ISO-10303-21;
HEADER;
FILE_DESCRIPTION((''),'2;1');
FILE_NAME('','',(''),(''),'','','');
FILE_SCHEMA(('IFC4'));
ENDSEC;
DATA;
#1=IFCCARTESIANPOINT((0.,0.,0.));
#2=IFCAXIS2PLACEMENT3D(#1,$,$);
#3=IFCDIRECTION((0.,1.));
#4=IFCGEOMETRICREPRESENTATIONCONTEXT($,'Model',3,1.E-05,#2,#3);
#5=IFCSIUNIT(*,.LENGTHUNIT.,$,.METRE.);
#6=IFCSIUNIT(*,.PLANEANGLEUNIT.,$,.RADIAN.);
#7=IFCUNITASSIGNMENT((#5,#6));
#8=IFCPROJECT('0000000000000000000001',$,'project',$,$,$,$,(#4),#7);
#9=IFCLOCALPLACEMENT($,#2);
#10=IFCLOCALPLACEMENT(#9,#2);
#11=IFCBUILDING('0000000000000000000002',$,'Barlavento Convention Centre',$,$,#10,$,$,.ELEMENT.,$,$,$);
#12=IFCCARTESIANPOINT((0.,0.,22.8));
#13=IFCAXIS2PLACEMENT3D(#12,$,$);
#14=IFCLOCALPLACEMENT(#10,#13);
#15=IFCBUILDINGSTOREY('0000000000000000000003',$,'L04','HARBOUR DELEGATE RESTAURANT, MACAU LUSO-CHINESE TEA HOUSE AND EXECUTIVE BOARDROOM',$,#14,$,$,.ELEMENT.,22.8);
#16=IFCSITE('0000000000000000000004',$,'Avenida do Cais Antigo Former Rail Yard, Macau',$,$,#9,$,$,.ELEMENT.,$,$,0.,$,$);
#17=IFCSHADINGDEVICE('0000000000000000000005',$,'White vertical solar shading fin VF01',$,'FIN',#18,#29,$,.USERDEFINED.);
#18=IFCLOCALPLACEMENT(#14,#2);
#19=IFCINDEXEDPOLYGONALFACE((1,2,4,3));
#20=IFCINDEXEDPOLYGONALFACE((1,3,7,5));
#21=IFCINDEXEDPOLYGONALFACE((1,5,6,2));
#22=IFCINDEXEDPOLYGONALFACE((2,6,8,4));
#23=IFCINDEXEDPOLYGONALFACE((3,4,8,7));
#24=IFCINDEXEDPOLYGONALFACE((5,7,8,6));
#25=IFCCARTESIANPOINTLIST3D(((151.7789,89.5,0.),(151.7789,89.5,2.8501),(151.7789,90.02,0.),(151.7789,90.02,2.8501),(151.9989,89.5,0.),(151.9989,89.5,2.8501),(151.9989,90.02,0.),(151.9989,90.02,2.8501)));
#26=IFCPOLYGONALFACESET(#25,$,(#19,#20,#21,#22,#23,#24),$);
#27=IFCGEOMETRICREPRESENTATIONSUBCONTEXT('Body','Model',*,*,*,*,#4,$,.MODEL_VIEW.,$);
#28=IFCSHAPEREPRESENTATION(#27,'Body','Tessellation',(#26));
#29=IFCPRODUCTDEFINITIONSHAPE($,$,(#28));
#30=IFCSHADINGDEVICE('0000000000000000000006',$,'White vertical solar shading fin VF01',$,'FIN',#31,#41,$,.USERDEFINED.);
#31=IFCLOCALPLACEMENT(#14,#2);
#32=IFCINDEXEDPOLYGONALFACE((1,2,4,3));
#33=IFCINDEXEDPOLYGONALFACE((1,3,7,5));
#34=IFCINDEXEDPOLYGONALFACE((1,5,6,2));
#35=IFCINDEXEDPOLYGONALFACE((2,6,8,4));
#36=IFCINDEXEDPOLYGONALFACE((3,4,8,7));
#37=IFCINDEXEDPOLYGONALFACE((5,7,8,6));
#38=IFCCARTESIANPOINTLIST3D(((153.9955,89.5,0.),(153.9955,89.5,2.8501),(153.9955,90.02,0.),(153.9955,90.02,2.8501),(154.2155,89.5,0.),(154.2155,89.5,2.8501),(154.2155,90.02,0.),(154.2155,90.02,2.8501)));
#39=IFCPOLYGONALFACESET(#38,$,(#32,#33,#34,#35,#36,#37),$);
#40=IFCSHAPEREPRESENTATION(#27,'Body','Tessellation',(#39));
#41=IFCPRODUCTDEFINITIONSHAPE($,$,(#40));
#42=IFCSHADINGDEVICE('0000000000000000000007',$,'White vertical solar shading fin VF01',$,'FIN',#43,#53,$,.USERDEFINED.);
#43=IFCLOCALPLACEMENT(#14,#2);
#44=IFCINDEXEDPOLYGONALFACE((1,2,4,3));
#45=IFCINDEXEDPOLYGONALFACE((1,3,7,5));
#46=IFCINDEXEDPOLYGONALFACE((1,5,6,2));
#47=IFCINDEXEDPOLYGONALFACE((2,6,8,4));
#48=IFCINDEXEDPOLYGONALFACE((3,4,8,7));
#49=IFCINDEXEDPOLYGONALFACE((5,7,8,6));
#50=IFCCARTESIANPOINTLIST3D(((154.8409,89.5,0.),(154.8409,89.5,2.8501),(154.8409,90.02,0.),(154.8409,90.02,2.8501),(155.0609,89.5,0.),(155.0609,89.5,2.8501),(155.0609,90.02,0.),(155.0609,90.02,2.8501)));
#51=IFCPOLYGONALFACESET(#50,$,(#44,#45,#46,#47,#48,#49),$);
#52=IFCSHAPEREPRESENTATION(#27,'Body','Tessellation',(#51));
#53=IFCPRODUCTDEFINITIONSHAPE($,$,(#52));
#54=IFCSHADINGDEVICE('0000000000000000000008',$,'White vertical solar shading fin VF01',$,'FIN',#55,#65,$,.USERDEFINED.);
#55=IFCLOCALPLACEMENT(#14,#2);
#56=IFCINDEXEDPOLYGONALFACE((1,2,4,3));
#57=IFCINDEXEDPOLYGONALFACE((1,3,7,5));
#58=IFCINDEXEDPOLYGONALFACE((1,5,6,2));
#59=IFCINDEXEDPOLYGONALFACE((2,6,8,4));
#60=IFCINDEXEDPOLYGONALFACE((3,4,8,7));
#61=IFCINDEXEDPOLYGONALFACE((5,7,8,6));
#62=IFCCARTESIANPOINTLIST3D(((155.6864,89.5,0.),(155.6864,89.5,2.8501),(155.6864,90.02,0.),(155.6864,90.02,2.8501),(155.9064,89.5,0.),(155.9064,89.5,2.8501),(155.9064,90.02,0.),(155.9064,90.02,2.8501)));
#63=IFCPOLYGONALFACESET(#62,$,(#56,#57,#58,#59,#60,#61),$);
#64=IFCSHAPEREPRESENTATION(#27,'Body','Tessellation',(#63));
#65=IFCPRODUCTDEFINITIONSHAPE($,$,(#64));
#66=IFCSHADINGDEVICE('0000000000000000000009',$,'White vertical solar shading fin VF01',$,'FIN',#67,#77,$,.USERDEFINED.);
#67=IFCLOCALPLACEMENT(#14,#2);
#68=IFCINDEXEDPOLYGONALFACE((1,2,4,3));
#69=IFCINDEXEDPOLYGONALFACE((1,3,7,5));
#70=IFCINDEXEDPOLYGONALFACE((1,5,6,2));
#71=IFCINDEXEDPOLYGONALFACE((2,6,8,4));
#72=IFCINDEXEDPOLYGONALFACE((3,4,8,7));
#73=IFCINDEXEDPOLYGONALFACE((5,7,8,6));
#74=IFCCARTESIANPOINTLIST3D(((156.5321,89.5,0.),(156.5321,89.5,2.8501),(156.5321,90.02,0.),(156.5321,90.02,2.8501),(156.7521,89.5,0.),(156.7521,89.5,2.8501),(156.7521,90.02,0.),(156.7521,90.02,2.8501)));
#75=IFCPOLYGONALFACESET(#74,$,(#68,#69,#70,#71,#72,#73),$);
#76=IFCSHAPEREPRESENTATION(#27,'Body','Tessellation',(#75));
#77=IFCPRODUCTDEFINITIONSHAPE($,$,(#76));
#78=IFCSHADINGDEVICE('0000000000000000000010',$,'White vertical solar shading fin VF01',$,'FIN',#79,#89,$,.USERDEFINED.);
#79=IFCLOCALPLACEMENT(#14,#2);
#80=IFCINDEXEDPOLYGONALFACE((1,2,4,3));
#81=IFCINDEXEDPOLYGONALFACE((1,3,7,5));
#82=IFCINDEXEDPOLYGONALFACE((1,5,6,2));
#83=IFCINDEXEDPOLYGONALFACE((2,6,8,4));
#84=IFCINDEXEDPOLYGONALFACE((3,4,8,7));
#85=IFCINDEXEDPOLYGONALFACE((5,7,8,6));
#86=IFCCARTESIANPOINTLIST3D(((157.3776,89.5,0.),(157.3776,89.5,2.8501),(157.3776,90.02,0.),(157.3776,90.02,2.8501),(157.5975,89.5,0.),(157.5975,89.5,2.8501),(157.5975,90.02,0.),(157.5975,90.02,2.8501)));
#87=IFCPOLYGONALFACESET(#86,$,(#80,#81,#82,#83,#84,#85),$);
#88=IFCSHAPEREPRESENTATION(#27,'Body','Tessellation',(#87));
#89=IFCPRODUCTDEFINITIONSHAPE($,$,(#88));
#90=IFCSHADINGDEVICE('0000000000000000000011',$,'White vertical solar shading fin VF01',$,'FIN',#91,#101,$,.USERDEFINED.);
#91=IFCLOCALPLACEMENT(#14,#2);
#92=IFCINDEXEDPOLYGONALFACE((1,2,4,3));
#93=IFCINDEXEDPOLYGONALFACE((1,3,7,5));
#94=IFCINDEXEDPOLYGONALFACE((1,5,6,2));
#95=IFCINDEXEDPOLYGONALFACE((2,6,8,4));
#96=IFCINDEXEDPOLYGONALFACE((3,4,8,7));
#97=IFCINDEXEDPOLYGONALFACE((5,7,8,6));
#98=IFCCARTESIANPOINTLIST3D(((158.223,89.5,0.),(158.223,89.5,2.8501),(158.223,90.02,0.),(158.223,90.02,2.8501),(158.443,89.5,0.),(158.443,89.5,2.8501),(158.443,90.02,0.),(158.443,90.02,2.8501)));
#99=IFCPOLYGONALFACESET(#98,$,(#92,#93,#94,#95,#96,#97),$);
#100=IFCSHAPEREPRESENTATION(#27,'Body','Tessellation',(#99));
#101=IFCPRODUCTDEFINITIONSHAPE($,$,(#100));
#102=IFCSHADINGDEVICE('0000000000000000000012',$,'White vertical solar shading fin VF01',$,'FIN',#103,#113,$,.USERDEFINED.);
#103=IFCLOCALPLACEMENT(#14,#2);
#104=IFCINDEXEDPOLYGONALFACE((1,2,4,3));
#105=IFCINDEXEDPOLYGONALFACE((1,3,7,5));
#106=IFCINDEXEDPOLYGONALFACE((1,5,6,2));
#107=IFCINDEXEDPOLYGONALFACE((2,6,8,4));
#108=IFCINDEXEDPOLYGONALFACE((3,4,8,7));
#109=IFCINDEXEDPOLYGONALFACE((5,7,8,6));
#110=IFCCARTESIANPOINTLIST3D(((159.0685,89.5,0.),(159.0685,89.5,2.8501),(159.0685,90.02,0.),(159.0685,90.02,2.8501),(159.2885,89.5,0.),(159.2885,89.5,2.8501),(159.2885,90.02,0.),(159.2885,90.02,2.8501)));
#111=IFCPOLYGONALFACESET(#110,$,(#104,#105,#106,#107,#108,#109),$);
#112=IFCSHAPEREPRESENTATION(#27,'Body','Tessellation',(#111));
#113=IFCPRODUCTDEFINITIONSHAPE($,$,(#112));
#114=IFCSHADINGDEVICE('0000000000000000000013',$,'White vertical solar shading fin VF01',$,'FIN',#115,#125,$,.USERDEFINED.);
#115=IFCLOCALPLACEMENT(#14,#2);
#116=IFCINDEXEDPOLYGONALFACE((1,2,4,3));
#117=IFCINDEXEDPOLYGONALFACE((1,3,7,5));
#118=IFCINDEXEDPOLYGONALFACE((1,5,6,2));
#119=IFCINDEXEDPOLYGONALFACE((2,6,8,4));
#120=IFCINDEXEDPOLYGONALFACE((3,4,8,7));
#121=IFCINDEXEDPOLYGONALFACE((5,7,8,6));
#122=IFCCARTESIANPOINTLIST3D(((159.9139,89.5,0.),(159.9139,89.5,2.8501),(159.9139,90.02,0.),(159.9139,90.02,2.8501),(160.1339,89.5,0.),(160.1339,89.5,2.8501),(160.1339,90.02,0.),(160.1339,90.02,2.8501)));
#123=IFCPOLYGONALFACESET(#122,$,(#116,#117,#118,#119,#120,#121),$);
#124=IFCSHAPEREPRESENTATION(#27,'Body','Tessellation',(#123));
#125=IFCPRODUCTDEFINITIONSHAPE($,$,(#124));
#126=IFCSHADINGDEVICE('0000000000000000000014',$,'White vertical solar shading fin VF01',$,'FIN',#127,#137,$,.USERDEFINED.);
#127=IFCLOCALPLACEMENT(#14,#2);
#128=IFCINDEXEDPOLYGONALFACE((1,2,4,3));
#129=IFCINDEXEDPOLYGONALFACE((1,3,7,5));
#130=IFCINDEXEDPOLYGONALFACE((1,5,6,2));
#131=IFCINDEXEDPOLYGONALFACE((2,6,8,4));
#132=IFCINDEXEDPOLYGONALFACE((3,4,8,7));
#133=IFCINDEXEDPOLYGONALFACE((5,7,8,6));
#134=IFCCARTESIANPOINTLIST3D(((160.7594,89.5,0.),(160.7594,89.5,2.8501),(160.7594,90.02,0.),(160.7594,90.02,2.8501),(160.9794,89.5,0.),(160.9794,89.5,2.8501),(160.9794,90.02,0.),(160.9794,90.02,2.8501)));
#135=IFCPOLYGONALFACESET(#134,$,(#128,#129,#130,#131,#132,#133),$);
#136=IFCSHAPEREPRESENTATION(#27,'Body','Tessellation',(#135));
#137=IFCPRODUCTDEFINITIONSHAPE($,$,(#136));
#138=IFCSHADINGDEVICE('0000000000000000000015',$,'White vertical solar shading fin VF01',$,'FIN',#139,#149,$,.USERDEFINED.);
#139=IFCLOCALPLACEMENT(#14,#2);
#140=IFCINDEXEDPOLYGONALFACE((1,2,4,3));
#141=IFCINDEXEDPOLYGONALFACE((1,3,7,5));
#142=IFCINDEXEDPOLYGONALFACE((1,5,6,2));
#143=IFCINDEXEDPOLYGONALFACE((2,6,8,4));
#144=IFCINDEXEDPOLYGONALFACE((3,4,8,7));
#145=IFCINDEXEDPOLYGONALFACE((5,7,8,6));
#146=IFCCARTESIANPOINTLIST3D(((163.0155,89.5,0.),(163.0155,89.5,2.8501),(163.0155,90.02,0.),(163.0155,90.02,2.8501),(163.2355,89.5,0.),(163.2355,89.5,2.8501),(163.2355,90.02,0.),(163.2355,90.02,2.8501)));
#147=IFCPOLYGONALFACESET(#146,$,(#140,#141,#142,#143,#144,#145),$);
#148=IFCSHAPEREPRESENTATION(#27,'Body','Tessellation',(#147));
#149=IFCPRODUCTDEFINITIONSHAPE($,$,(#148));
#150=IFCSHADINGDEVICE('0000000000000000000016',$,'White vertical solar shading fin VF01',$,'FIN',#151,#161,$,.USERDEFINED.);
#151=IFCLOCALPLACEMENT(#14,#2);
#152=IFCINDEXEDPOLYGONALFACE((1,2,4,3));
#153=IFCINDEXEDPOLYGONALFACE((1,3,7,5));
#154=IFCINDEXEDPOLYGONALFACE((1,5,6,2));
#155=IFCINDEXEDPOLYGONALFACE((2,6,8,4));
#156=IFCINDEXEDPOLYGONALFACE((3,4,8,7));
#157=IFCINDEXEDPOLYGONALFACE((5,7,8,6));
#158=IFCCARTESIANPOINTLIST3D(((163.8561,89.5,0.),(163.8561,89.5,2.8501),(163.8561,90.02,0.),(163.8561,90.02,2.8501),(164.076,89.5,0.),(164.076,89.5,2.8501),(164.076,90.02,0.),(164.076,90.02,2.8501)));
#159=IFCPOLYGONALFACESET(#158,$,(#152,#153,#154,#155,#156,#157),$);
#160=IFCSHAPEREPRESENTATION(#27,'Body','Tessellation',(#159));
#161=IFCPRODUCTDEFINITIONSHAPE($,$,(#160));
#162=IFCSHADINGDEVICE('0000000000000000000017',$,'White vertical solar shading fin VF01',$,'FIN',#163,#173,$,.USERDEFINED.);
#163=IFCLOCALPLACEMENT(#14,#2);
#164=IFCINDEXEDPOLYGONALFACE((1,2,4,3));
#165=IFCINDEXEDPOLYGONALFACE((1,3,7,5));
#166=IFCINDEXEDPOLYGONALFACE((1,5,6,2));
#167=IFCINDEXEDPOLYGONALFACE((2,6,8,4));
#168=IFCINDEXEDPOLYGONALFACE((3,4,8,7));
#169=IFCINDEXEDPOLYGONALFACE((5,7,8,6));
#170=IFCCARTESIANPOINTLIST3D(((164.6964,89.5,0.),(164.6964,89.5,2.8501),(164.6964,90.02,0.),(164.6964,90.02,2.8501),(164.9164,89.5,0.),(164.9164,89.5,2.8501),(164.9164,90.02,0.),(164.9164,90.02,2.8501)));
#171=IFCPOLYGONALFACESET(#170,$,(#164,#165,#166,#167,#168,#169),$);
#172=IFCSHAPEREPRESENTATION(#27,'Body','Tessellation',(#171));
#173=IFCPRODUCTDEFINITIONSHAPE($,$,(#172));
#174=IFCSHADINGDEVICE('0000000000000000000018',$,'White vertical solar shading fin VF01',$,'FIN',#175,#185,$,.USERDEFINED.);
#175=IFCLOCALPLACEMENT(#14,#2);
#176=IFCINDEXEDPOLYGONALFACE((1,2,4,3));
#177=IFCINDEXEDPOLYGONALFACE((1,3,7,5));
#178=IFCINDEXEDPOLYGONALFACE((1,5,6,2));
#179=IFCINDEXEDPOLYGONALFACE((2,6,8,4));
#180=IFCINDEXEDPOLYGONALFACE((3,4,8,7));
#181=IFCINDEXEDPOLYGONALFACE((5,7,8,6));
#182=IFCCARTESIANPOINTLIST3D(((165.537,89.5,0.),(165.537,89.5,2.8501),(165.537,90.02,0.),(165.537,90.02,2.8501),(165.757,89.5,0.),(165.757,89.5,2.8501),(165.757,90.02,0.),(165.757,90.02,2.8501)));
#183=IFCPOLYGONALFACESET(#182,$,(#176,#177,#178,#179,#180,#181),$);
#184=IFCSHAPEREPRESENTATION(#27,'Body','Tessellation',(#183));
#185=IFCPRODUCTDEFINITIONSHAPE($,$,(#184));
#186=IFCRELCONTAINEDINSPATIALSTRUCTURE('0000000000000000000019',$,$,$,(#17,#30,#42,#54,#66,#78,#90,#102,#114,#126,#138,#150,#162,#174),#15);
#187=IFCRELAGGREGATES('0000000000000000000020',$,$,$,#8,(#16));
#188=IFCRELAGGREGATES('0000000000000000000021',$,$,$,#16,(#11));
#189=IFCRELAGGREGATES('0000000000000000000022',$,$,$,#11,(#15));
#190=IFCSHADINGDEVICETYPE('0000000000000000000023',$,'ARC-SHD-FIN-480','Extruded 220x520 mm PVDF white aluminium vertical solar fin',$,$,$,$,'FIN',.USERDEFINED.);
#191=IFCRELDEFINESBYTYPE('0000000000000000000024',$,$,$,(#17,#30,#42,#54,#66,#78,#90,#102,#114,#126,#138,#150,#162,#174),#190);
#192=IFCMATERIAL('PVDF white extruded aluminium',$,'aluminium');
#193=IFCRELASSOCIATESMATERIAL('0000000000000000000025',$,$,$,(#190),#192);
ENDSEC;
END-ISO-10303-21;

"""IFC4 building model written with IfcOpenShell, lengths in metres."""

from ifc_helpers import new_model, si_unit, direction, frame, origin, origin_2d, place, context, subcontext, project, spatial, rectangle, extrude, material, type_object, element, save


model = new_model("IFC4")

# Units and contexts
model_context = context("Model", 3, precision=1e-05, world=origin(), true_north=direction((0.0, 1.0)))
body_context = subcontext(model_context, "Body", "Model", "MODEL_VIEW")
ifc_project = project(units=[si_unit("LENGTHUNIT", "METRE"), si_unit("PLANEANGLEUNIT", "RADIAN")], contexts=[model_context])

# Site, building, storey
site_placement = place(None, origin())
site = spatial("IfcSite", under=ifc_project, at=site_placement, Name="Avenida do Cais Antigo Former Rail Yard, Macau", CompositionType="ELEMENT", RefElevation=0.0)
building_placement = place(site_placement, origin())
building = spatial("IfcBuilding", under=site, at=building_placement, Name="Barlavento Convention Centre", CompositionType="ELEMENT")
storey_placement = place(building_placement, frame((0.0, 0.0, 22.8)))
storey = spatial("IfcBuildingStorey", under=building, at=storey_placement, Name="L04", Description="HARBOUR DELEGATE RESTAURANT, MACAU LUSO-CHINESE TEA HOUSE AND EXECUTIVE BOARDROOM", CompositionType="ELEMENT", Elevation=22.8)

# Shading devices
ifc_material_1 = material(Name="PVDF white extruded aluminium", Category="aluminium")
shading_device_type = type_object("IfcShadingDeviceType", Name="ARC-SHD-FIN-480", Description="Extruded 220x520 mm PVDF white aluminium vertical solar fin", ElementType="FIN", PredefinedType="USERDEFINED", material=ifc_material_1)
for number, where, z_axis, x_axis, name in (
    (1, (151.8889, 89.76, 0.0), (0.0, 0.0, 1.0), (1.0, 0.0, 0.0), "White vertical solar shading fin VF01"),
    (2, (154.1055, 89.76, 0.0), (0.0, 0.0, 1.0), (1.0, 0.0, 0.0), "White vertical solar shading fin VF01"),
    (3, (154.9509, 89.76, 0.0), (0.0, 0.0, 1.0), (1.0, 0.0, 0.0), "White vertical solar shading fin VF01"),
    (4, (155.7964, 89.76, 0.0), (0.0, 0.0, 1.0), (1.0, 0.0, 0.0), "White vertical solar shading fin VF01"),
    (5, (156.6421, 89.76, 0.0), (0.0, 0.0, 1.0), (1.0, 0.0, 0.0), "White vertical solar shading fin VF01"),
    (6, (157.4875, 89.76, 0.0), (0.0, 0.0, 1.0), (1.0, 0.0, 0.0), "White vertical solar shading fin VF01"),
    (7, (158.333, 89.76, 0.0), (0.0, 0.0, 1.0), (1.0, 0.0, 0.0), "White vertical solar shading fin VF01"),
    (8, (159.1785, 89.76, 0.0), (0.0, 0.0, 1.0), (1.0, 0.0, 0.0), "White vertical solar shading fin VF01"),
    (9, (160.0239, 89.76, 0.0), (0.0, 0.0, 1.0), (1.0, 0.0, 0.0), "White vertical solar shading fin VF01"),
    (10, (160.8694, 89.76, 0.0), (0.0, 0.0, 1.0), (1.0, 0.0, 0.0), "White vertical solar shading fin VF01"),
    (11, (163.1255, 89.76, 0.0), (0.0, 0.0, 1.0), (1.0, 0.0, 0.0), "White vertical solar shading fin VF01"),
    (12, (163.9661, 89.76, 0.0), (0.0, 0.0, 1.0), (1.0, 0.0, 0.0), "White vertical solar shading fin VF01"),
    (13, (164.8064, 89.76, 0.0), (0.0, 0.0, 1.0), (1.0, 0.0, 0.0), "White vertical solar shading fin VF01"),
    (14, (165.647, 89.76, 0.0), (0.0, 0.0, 1.0), (1.0, 0.0, 0.0), "White vertical solar shading fin VF01"),
):
    element("IfcShadingDevice", number, at=place(storey_placement, frame(where, z_axis=z_axis, x_axis=x_axis)), inside=storey, type_object=shading_device_type, Name=name, ObjectType="FIN", PredefinedType="USERDEFINED", context=body_context, shape_type="SweptSolid", body=[
        extrude(rectangle(XDim=0.22, YDim=0.52, at=origin_2d()), origin(), (0.0, 0.0, 1.0), 2.8501),
    ])

save(model, "model.ifc")
